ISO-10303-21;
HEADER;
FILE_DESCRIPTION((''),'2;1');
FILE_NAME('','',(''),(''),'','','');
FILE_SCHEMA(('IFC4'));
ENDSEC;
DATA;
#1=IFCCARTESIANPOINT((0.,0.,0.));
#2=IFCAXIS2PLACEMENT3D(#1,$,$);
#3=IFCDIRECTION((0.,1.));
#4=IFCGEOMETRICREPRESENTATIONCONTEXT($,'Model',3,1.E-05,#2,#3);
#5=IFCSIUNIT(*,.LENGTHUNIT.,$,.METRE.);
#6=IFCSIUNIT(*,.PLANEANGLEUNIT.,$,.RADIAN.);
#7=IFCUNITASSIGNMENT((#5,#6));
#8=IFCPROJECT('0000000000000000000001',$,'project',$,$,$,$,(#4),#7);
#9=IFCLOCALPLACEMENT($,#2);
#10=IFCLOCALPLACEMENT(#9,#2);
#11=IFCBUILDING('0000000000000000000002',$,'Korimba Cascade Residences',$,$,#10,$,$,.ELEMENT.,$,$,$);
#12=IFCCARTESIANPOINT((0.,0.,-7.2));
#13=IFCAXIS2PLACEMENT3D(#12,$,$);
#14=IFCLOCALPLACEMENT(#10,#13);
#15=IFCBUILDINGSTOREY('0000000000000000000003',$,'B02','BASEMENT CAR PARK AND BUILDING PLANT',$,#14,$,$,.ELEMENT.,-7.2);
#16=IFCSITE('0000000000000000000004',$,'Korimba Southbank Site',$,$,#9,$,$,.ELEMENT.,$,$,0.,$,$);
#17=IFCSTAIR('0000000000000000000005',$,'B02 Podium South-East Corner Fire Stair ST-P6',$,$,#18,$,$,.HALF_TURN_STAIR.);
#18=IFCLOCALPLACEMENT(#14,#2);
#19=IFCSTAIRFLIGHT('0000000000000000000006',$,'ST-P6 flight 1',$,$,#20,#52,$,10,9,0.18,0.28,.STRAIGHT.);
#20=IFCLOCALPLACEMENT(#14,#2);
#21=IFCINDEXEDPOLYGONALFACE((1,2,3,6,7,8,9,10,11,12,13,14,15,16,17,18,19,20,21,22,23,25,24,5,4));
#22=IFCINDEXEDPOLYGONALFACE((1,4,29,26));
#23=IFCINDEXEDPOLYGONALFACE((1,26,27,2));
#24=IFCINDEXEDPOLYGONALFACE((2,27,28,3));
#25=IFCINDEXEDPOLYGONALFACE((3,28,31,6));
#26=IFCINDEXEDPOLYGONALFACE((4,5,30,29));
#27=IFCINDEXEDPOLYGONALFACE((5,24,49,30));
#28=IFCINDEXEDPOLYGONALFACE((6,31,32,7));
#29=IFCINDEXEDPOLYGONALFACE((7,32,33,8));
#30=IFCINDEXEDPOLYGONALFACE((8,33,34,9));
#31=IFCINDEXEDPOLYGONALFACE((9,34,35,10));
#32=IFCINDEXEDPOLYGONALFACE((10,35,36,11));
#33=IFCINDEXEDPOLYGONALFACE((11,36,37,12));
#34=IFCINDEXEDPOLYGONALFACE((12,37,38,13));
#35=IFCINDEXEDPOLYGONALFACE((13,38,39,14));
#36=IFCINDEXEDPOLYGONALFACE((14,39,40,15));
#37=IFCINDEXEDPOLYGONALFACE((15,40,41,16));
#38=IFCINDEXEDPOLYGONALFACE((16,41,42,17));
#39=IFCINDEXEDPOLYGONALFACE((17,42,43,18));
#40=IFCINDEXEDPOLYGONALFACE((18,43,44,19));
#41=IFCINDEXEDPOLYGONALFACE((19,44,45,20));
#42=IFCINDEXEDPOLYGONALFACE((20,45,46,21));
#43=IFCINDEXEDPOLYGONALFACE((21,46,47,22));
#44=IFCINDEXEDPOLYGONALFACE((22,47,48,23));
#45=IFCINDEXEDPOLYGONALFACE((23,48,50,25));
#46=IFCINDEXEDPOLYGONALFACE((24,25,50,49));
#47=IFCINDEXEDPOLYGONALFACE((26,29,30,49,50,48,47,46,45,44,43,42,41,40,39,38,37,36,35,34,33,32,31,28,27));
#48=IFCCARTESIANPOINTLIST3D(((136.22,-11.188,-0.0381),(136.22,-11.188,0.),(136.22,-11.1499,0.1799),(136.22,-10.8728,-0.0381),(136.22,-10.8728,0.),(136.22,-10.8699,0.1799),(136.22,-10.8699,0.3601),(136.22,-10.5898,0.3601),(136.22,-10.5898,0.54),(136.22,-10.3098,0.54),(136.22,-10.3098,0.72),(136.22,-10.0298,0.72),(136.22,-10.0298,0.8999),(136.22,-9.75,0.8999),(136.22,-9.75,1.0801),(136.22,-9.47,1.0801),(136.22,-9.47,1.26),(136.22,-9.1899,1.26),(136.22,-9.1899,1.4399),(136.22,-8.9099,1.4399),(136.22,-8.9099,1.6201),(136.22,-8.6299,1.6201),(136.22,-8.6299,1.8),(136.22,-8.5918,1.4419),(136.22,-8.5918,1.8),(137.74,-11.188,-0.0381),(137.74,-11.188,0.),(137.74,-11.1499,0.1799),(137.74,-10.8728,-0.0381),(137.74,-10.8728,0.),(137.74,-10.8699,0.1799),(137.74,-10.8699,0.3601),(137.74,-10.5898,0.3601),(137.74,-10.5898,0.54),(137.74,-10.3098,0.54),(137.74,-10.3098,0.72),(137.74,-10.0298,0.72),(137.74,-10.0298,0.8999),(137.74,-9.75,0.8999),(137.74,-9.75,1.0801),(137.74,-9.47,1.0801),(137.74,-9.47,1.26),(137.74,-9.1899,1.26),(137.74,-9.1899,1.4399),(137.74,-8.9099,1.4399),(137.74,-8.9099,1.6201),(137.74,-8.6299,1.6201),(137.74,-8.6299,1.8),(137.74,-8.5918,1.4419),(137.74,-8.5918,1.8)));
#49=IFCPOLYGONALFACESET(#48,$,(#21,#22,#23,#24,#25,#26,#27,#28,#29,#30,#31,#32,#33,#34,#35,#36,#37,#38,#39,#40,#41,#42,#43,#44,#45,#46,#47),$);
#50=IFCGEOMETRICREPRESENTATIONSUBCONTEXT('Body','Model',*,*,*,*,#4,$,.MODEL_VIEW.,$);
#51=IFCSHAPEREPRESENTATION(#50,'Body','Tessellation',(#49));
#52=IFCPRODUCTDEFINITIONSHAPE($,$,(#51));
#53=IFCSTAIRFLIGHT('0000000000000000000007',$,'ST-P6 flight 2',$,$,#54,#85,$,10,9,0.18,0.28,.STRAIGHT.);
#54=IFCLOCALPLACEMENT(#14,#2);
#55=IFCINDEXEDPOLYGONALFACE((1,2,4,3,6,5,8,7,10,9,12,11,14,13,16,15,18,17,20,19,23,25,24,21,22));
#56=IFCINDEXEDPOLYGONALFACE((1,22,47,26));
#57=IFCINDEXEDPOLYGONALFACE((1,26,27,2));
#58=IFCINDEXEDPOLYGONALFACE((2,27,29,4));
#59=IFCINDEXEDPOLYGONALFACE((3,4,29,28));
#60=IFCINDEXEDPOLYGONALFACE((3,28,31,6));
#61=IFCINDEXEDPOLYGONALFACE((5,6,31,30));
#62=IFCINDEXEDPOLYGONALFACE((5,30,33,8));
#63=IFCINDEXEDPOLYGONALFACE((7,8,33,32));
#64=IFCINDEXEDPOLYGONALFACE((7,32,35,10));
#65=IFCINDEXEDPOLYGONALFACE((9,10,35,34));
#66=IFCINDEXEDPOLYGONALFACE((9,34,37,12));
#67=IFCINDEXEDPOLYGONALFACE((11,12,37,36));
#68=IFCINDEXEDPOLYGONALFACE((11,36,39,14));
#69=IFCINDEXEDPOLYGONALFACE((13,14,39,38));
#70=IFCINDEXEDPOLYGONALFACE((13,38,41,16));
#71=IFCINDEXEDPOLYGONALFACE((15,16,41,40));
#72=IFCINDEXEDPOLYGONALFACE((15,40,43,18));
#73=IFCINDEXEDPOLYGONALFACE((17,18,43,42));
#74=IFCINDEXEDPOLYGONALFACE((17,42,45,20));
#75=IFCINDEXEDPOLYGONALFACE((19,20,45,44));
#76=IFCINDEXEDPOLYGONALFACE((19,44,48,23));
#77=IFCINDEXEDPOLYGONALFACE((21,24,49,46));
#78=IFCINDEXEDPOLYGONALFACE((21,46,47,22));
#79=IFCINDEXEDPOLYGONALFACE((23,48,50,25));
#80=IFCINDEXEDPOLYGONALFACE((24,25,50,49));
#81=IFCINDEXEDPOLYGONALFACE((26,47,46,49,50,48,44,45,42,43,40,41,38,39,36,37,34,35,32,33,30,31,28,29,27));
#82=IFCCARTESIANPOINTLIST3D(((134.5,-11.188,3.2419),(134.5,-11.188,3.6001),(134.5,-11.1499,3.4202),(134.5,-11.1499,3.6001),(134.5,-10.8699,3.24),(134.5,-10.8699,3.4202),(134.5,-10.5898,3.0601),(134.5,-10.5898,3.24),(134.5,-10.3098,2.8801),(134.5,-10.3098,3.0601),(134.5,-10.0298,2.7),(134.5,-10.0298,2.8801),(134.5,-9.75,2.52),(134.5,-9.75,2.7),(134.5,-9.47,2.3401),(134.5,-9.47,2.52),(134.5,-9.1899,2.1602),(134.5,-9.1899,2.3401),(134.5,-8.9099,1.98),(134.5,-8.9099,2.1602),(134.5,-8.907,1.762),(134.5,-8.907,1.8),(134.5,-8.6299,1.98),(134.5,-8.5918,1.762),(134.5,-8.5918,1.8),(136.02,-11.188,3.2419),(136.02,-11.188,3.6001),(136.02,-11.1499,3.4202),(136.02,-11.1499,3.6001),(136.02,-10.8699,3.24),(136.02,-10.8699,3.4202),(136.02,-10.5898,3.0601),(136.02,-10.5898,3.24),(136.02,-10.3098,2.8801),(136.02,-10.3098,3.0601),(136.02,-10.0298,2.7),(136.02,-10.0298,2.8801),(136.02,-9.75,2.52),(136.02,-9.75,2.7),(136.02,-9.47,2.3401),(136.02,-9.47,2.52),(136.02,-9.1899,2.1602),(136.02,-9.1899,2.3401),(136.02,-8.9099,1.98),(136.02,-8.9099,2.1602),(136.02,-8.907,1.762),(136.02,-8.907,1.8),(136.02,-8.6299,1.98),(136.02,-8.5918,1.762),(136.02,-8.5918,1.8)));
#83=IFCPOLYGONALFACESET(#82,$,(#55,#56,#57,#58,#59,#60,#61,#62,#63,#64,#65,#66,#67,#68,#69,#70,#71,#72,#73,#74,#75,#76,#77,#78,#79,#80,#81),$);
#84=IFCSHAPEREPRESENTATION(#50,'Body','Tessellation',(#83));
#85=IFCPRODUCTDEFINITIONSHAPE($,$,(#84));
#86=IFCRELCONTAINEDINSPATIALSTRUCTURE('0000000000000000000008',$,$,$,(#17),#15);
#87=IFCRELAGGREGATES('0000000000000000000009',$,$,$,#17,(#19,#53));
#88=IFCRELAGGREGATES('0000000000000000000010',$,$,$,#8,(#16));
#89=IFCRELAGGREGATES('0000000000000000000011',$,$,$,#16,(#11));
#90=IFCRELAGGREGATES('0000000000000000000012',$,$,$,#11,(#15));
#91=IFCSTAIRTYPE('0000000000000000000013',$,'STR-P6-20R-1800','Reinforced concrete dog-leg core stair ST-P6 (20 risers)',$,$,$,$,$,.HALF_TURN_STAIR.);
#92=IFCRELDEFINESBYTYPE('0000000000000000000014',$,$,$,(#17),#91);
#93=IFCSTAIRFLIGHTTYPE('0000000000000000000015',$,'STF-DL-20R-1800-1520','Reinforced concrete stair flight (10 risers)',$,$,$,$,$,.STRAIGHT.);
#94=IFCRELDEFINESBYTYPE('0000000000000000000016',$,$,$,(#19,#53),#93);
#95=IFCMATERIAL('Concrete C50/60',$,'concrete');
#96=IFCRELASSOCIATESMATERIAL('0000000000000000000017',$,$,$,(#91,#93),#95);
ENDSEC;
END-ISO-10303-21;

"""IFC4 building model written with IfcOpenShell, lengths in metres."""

from ifc_helpers import new_model, si_unit, direction, frame, origin, place, context, subcontext, project, spatial, polyline, outline, extrude, material, type_object, element, aggregate, save


model = new_model("IFC4")

# Units and contexts
model_context = context("Model", 3, precision=1e-05, world=origin(), true_north=direction((0.0, 1.0)))
body_context = subcontext(model_context, "Body", "Model", "MODEL_VIEW")
ifc_project = project(units=[si_unit("LENGTHUNIT", "METRE"), si_unit("PLANEANGLEUNIT", "RADIAN")], contexts=[model_context])

# Site, building, storey
site_placement = place(None, origin())
site = spatial("IfcSite", under=ifc_project, at=site_placement, Name="Korimba Southbank Site", CompositionType="ELEMENT", RefElevation=0.0)
building_placement = place(site_placement, origin())
building = spatial("IfcBuilding", under=site, at=building_placement, Name="Korimba Cascade Residences", CompositionType="ELEMENT")
storey_placement = place(building_placement, frame((0.0, 0.0, -7.2)))
storey = spatial("IfcBuildingStorey", under=building, at=storey_placement, Name="B02", Description="BASEMENT CAR PARK AND BUILDING PLANT", CompositionType="ELEMENT", Elevation=-7.2)

# Shared definitions
ifc_material_1 = material(Name="Concrete C50/60", Category="concrete")

# Stair, stair flights
stair_type = type_object("IfcStairType", Name="STR-P6-20R-1800", Description="Reinforced concrete dog-leg core stair ST-P6 (20 risers)", PredefinedType="HALF_TURN_STAIR", material=ifc_material_1)
stair_placement = place(storey_placement, origin())
stair = element("IfcStair", 1, at=stair_placement, inside=storey, type_object=stair_type, Name="B02 Podium South-East Corner Fire Stair ST-P6", PredefinedType="HALF_TURN_STAIR")
stair_flight_type = type_object("IfcStairFlightType", Name="STF-DL-20R-1800-1520", Description="Reinforced concrete stair flight (10 risers)", PredefinedType="STRAIGHT", material=ifc_material_1)
stair_flight_1_placement = place(storey_placement, frame((136.98, -11.1499, 0.0), z_axis=(0.0, 0.0, 1.0), x_axis=(0.0, 1.0, 0.0)))
stair_flight_1 = element("IfcStairFlight", 2, at=stair_flight_1_placement, type_object=stair_flight_type, Name="ST-P6 flight 1", NumberOfRisers=10, NumberOfTreads=9, PredefinedType="STRAIGHT", RiserHeight=0.18, TreadLength=0.28, context=body_context, shape_type="SweptSolid", body=[
    extrude(outline(polyline([(-0.0381, 0.0), (0.0, 0.1799), (0.28, 0.1799), (0.28, 0.3601), (0.5601, 0.3601), (0.5601, 0.54), (0.8401, 0.54), (0.8401, 0.72), (1.1201, 0.72), (1.1201, 0.8999), (1.3999, 0.8999), (1.3999, 1.0801), (1.6799, 1.0801), (1.6799, 1.26), (1.96, 1.26), (1.96, 1.4399), (2.24, 1.4399), (2.24, 1.6201), (2.52, 1.6201), (2.52, 1.8), (2.5581, 1.8), (2.5581, 1.4419), (0.2771, 0.0), (0.2771, -0.0381), (-0.0381, -0.0381), (-0.0381, 0.0)])), frame((0.0, 0.76, 0.0), z_axis=(0.0, -1.0, 0.0), x_axis=(1.0, 0.0, 0.0)), (0.0, 0.0, 1.0), 1.52),
])
stair_flight_2_placement = place(storey_placement, frame((135.26, -8.6299, 1.8), z_axis=(0.0, 0.0, 1.0), x_axis=(0.0, -1.0, 0.0)))
stair_flight_2 = element("IfcStairFlight", 3, at=stair_flight_2_placement, type_object=stair_flight_type, Name="ST-P6 flight 2", NumberOfRisers=10, NumberOfTreads=9, PredefinedType="STRAIGHT", RiserHeight=0.18, TreadLength=0.28, context=body_context, shape_type="SweptSolid", body=[
    extrude(outline(polyline([(-0.0381, 0.0), (0.0, 0.1799), (0.28, 0.1799), (0.28, 0.3601), (0.5601, 0.3601), (0.5601, 0.54), (0.8401, 0.54), (0.8401, 0.72), (1.1201, 0.72), (1.1201, 0.8999), (1.3999, 0.8999), (1.3999, 1.0801), (1.6799, 1.0801), (1.6799, 1.26), (1.96, 1.26), (1.96, 1.4399), (2.24, 1.4399), (2.24, 1.6201), (2.52, 1.6201), (2.52, 1.8), (2.5581, 1.8), (2.5581, 1.4419), (0.2771, 0.0), (0.2771, -0.0381), (-0.0381, -0.0381), (-0.0381, 0.0)])), frame((0.0, 0.76, 0.0), z_axis=(0.0, -1.0, 0.0), x_axis=(1.0, 0.0, 0.0)), (0.0, 0.0, 1.0), 1.52),
])
aggregate(stair, [stair_flight_1, stair_flight_2])

save(model, "model.ifc")
